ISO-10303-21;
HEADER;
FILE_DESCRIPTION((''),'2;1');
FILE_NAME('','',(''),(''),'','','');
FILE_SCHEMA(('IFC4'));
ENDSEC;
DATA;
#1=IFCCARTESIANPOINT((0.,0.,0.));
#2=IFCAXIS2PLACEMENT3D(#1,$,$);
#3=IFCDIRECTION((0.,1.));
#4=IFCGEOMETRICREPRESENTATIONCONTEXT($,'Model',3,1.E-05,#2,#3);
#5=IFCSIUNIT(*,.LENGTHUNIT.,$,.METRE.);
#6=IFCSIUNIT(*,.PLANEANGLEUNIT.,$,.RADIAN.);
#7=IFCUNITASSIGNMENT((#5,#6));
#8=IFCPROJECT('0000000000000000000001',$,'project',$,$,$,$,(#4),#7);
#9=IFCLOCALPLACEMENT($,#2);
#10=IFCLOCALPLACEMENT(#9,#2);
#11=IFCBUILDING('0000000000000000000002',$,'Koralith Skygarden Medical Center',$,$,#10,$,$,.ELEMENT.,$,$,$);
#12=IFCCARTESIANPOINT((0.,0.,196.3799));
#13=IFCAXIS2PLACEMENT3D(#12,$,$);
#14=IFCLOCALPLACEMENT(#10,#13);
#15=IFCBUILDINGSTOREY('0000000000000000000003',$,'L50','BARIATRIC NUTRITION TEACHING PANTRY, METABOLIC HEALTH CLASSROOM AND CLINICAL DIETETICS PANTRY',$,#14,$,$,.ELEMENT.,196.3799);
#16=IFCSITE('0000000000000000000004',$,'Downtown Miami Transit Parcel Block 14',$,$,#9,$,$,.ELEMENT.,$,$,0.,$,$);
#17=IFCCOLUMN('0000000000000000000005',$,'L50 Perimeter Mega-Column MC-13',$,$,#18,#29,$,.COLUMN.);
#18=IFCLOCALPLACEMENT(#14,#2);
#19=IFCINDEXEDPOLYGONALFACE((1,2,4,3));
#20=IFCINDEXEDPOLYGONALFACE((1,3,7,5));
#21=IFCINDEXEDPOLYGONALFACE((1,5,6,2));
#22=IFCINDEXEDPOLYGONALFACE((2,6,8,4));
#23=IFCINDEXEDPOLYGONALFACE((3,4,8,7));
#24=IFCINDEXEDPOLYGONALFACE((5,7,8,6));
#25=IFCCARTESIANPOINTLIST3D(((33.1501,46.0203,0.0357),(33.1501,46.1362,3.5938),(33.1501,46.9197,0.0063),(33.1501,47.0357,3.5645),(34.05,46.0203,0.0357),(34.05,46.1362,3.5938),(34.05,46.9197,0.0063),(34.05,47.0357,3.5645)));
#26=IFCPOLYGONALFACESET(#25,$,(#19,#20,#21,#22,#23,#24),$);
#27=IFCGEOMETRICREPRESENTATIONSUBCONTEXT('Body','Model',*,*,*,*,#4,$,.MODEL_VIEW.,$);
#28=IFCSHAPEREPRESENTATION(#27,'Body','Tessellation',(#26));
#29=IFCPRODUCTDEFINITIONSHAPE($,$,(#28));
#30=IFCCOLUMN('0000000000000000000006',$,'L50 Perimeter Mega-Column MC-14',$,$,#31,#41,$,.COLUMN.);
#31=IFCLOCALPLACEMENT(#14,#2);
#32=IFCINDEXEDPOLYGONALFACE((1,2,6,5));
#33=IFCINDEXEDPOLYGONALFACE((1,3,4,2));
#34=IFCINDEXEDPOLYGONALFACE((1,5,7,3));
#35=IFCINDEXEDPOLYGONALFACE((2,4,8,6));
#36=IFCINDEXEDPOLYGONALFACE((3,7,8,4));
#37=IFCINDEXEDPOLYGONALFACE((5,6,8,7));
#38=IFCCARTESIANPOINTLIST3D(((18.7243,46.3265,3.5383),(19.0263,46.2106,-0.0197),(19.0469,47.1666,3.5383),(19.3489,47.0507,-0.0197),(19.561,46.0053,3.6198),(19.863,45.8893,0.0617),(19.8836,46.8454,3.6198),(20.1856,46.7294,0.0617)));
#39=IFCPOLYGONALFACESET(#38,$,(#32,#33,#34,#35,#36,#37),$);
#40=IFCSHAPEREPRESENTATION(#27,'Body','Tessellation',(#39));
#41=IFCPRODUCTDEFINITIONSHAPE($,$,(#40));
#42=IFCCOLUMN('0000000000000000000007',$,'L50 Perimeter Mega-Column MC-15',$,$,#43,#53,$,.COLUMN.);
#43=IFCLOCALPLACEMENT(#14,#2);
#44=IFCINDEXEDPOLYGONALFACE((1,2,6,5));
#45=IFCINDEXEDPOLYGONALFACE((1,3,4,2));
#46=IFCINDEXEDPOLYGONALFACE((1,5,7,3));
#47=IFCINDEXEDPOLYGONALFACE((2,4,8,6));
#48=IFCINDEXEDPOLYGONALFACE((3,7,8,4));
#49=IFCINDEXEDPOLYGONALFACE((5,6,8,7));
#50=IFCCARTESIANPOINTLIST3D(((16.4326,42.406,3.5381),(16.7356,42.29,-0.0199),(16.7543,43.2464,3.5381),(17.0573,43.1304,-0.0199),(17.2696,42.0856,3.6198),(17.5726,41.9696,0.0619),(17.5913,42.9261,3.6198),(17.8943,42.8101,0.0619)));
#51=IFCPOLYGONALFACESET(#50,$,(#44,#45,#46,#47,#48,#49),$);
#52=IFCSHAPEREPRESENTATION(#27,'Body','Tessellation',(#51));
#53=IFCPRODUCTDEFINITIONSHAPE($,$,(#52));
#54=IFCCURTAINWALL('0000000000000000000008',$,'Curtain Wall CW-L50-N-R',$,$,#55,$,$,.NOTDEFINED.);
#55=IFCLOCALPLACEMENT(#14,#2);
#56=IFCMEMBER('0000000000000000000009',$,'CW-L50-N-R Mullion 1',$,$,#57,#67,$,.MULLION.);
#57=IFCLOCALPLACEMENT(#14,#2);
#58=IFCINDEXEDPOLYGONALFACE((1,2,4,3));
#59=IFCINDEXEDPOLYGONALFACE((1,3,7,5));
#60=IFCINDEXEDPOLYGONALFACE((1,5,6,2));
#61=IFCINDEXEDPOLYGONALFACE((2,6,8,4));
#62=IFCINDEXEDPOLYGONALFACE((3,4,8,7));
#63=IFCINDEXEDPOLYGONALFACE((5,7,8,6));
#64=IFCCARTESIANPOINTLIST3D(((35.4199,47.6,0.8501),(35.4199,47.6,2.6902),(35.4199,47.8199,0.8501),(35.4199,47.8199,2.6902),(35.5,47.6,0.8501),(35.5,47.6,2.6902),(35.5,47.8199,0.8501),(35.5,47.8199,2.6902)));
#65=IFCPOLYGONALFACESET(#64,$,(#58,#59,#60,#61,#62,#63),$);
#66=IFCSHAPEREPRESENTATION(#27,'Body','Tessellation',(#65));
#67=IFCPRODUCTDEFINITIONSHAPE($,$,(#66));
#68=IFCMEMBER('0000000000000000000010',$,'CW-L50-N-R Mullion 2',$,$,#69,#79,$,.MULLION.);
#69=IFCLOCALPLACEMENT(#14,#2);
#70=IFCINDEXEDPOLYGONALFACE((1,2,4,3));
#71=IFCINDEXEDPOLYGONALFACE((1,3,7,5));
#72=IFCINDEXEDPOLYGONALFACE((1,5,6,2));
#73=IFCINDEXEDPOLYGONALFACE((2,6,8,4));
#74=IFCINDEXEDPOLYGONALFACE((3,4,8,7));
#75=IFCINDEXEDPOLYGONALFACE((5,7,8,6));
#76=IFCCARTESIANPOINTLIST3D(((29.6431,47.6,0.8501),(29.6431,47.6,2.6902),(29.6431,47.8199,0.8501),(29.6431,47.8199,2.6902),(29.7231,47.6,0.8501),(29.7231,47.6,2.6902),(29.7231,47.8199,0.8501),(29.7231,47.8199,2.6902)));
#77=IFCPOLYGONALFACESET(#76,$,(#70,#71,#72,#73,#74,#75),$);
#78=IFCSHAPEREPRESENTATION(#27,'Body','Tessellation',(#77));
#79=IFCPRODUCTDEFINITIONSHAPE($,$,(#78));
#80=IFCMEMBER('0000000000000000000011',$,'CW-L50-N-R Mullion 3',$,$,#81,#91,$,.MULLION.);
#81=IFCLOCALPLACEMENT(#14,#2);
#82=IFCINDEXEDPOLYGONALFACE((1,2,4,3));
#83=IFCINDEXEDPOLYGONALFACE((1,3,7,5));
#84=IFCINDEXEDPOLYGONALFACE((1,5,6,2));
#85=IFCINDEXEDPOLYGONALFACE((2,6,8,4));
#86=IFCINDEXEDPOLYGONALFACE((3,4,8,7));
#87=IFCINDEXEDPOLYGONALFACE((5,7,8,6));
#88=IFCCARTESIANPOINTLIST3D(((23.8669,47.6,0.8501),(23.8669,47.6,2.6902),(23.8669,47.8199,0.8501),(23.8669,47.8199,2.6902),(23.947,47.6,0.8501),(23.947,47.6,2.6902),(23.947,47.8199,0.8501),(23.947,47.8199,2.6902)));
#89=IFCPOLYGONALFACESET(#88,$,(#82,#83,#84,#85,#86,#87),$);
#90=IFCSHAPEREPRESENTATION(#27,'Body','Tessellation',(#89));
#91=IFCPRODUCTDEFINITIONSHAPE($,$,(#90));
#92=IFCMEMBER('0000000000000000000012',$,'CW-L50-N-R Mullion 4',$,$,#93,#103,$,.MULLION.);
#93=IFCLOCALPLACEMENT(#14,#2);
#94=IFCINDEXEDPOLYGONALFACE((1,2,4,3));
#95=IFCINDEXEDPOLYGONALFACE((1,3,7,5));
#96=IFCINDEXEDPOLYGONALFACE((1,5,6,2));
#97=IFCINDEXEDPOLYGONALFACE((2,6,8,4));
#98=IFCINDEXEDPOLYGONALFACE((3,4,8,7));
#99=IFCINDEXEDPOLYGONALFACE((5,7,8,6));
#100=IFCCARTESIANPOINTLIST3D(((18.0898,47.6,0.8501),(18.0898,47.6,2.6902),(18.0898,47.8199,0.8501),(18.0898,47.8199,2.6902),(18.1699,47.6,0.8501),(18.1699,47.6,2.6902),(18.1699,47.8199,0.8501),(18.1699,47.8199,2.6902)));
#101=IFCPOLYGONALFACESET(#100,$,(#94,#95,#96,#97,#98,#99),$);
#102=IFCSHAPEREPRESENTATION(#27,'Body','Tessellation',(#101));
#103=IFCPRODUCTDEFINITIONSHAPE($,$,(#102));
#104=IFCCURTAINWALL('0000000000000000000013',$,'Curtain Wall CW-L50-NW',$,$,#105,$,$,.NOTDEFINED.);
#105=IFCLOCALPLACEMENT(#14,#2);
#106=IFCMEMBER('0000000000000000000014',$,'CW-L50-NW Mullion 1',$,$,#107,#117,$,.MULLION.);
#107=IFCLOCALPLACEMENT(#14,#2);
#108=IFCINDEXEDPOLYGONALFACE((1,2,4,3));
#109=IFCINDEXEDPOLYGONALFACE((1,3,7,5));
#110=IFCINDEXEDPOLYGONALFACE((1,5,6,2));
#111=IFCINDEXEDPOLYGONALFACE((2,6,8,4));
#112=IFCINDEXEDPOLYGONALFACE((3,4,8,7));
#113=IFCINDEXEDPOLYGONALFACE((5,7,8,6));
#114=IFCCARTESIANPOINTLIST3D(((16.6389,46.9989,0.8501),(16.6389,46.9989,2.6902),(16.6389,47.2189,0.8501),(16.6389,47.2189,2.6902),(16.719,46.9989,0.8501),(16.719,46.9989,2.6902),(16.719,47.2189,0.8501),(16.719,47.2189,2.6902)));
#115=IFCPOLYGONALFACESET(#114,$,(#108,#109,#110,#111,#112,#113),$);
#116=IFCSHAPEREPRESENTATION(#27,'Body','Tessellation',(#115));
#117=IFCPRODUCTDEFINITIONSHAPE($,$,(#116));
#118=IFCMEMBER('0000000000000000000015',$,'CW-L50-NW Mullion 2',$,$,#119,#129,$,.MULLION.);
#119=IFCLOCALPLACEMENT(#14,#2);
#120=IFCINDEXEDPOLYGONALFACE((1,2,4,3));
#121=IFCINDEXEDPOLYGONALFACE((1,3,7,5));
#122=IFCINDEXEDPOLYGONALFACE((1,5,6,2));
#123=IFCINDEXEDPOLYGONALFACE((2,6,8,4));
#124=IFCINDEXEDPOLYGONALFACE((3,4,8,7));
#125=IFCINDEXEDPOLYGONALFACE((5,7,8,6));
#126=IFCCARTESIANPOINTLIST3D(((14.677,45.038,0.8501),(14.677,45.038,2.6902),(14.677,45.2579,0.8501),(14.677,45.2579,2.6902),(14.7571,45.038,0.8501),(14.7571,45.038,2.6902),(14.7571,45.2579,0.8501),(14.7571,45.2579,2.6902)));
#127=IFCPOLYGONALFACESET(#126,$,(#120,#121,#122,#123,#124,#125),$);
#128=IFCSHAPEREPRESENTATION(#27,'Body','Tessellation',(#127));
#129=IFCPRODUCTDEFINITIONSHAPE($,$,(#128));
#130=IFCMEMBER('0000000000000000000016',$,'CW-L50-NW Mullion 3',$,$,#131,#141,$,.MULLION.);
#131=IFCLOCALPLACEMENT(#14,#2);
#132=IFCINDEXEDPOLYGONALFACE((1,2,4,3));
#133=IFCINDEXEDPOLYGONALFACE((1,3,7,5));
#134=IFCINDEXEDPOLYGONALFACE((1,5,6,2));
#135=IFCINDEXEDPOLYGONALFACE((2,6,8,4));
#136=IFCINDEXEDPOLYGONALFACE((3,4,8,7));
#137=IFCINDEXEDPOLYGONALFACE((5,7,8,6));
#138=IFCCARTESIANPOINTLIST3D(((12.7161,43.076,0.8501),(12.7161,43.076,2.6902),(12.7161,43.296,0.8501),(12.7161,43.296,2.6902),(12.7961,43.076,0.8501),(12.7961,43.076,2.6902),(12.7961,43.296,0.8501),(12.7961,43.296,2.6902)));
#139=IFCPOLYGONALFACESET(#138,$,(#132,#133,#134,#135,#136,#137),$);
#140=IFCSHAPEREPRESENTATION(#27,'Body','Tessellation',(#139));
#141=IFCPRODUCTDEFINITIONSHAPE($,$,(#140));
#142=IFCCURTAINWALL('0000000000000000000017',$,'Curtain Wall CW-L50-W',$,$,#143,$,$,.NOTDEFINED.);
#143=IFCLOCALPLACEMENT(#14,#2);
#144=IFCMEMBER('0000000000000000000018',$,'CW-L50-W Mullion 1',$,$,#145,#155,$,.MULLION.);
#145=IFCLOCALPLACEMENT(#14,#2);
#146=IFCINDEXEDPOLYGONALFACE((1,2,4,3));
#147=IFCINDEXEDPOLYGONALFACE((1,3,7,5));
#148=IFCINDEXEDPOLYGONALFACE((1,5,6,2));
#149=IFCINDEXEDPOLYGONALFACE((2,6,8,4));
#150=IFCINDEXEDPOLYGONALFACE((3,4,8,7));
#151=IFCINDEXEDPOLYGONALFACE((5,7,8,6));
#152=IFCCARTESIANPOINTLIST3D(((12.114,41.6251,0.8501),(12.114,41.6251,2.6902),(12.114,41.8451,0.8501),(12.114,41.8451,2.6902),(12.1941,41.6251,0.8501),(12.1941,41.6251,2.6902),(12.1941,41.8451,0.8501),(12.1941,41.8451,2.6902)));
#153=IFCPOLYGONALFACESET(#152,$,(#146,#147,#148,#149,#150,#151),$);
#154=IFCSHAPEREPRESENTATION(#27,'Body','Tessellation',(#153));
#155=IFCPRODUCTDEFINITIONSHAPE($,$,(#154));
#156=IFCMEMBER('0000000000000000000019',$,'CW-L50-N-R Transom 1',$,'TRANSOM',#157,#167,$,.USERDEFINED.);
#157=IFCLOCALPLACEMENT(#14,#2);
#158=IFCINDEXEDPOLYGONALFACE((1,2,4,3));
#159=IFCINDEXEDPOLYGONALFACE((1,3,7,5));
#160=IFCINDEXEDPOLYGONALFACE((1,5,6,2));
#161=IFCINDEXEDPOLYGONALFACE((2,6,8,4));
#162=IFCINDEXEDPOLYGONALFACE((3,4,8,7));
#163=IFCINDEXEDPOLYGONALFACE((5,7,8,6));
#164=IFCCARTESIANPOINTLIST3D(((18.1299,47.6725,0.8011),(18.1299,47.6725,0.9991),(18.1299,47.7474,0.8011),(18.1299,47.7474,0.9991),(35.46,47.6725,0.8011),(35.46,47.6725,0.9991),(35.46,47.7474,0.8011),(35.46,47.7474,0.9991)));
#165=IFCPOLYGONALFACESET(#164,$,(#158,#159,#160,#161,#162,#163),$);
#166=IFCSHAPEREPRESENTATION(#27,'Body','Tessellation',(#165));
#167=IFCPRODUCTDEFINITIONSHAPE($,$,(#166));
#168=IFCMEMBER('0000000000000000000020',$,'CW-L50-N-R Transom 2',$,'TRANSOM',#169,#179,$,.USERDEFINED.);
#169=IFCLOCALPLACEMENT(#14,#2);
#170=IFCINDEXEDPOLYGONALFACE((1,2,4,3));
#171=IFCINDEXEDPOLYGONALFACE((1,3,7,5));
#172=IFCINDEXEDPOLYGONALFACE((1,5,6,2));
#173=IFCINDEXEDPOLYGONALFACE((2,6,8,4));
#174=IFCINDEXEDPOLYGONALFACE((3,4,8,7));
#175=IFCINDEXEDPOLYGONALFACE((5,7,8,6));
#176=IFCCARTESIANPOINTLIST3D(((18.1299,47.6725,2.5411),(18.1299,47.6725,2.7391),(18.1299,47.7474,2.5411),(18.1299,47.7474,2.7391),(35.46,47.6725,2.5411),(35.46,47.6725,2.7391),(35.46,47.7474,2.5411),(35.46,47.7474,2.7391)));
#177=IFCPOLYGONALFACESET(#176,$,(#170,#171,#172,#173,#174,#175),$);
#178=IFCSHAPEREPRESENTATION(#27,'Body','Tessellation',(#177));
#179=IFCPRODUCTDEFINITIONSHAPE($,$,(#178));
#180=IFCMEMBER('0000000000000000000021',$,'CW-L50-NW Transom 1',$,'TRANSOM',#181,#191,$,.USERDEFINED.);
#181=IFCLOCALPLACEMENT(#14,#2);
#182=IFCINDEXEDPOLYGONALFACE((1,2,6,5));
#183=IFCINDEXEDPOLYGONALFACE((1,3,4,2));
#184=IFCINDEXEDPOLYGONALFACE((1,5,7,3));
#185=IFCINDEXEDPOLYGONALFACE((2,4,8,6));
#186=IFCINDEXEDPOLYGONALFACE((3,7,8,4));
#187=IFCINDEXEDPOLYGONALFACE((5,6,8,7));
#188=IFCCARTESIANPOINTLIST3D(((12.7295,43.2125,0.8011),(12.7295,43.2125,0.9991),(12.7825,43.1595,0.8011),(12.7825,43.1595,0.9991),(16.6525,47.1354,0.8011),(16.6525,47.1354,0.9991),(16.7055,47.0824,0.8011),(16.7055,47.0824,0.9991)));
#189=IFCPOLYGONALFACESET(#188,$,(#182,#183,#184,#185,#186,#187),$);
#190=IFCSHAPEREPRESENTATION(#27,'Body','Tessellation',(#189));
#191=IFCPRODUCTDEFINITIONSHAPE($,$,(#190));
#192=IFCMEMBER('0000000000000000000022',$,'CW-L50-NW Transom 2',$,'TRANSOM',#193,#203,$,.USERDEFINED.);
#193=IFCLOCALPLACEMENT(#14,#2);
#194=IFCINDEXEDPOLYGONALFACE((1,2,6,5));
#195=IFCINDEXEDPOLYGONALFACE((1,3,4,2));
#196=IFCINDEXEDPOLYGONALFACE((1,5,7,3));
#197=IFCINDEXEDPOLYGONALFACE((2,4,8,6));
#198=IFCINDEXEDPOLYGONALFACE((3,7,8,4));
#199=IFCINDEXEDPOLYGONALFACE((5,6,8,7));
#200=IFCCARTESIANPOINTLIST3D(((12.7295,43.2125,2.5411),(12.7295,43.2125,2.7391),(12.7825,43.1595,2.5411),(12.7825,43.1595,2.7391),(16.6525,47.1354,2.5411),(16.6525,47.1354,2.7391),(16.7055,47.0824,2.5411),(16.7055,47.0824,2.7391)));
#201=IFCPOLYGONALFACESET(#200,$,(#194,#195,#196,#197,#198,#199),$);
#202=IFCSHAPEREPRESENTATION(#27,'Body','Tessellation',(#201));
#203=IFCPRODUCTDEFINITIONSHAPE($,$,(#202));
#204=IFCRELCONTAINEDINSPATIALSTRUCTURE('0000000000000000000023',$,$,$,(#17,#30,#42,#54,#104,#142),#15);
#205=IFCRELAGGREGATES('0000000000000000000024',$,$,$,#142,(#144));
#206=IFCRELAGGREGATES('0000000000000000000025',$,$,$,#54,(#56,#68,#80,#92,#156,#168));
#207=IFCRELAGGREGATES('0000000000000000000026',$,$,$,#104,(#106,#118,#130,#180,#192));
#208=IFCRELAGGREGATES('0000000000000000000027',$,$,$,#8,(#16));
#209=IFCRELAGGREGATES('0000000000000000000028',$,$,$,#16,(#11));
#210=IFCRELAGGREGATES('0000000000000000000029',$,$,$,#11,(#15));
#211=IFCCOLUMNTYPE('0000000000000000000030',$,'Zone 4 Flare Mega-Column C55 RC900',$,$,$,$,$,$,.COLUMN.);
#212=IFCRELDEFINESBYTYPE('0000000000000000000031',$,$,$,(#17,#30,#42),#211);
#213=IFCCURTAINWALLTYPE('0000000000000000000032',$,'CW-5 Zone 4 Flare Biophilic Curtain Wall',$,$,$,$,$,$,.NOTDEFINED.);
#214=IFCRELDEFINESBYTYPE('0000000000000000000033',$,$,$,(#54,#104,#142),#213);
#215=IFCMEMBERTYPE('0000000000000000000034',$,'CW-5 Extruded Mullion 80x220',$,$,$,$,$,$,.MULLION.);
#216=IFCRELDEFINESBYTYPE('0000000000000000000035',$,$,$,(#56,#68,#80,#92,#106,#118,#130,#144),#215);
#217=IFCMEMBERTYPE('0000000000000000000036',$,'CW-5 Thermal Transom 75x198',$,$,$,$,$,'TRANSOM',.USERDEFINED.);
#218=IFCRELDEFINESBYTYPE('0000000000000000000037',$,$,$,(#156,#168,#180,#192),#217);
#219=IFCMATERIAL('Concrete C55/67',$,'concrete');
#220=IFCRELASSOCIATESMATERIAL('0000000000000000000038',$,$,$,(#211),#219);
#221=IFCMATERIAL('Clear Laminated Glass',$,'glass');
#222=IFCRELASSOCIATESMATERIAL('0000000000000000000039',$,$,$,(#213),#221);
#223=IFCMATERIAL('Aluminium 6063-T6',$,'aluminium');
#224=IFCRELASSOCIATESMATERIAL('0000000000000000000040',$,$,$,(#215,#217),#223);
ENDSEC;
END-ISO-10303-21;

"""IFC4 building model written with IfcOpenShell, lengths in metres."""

from ifc_helpers import new_model, si_unit, direction, frame, origin, origin_2d, place, context, subcontext, project, spatial, rectangle, extrude, material, material_profile, profile_set, type_object, element, aggregate, save


model = new_model("IFC4")

# Units and contexts
model_context = context("Model", 3, precision=1e-05, world=origin(), true_north=direction((0.0, 1.0)))
body_context = subcontext(model_context, "Body", "Model", "MODEL_VIEW")
ifc_project = project(units=[si_unit("LENGTHUNIT", "METRE"), si_unit("PLANEANGLEUNIT", "RADIAN")], contexts=[model_context])

# Site, building, storey
site_placement = place(None, origin())
site = spatial("IfcSite", under=ifc_project, at=site_placement, Name="Downtown Miami Transit Parcel Block 14", CompositionType="ELEMENT", RefElevation=0.0)
building_placement = place(site_placement, origin())
building = spatial("IfcBuilding", under=site, at=building_placement, Name="Koralith Skygarden Medical Center", CompositionType="ELEMENT")
storey_placement = place(building_placement, frame((0.0, 0.0, 196.3799)))
storey = spatial("IfcBuildingStorey", under=building, at=storey_placement, Name="L50", Description="BARIATRIC NUTRITION TEACHING PANTRY, METABOLIC HEALTH CLASSROOM AND CLINICAL DIETETICS PANTRY", CompositionType="ELEMENT", Elevation=196.3799)

# Columns
ifc_material_1 = material(Name="Concrete C55/67", Category="concrete")
ifc_material_profile_1 = material_profile(ifc_material_1, rectangle(XDim=0.8999, YDim=0.8999, at=origin_2d()), Name="RC900X900")
ifc_profile_set_1 = profile_set([ifc_material_profile_1], Name="Concrete C55/67")
column_type = type_object("IfcColumnType", Name="Zone 4 Flare Mega-Column C55 RC900", PredefinedType="COLUMN", material=ifc_profile_set_1)
column_placement = place(storey_placement, frame((33.6001, 46.47, 0.021), z_axis=(0.0, 0.032575, 0.999469), x_axis=(-1.0, 0.0, 0.0)))
element("IfcColumn", 1, at=column_placement, inside=storey, type_object=column_type, Name="L50 Perimeter Mega-Column MC-13", PredefinedType="COLUMN", context=body_context, shape_type="SweptSolid", body=[
    extrude(rectangle(XDim=0.8999, YDim=0.8999, at=origin_2d()), origin(), (0.0, 0.0, 1.0), 3.5601),
])
for number, where, z_axis, x_axis, name in (
    (2, (19.606, 46.47, 0.021), (-0.084529, 0.032458, 0.995892), (-0.358473, -0.93354, 0.0), "L50 Perimeter Mega-Column MC-14"),
    (3, (17.3149, 42.55, 0.021), (-0.0848, 0.032458, 0.995869), (-0.357466, -0.933926, 0.0), "L50 Perimeter Mega-Column MC-15"),
):
    element("IfcColumn", number, at=place(storey_placement, frame(where, z_axis=z_axis, x_axis=x_axis)), inside=storey, type_object=column_type, Name=name, PredefinedType="COLUMN", context=body_context, shape_type="SweptSolid", body=[
        extrude(rectangle(XDim=0.8999, YDim=0.8999, at=origin_2d()), origin(), (0.0, 0.0, 1.0), 3.5728),
    ])

# Curtain walls, members
ifc_material_2 = material(Name="Clear Laminated Glass", Category="glass")
curtain_wall_type = type_object("IfcCurtainWallType", Name="CW-5 Zone 4 Flare Biophilic Curtain Wall", PredefinedType="NOTDEFINED", material=ifc_material_2)
curtain_wall_1_placement = place(storey_placement, origin())
curtain_wall_1 = element("IfcCurtainWall", 4, at=curtain_wall_1_placement, inside=storey, type_object=curtain_wall_type, Name="Curtain Wall CW-L50-N-R", PredefinedType="NOTDEFINED")
ifc_material_3 = material(Name="Aluminium 6063-T6", Category="aluminium")
ifc_material_profile_2 = material_profile(ifc_material_3, rectangle(XDim=0.0801, YDim=0.22, at=origin_2d()), Name="MUL80X220")
ifc_profile_set_2 = profile_set([ifc_material_profile_2], Name="Aluminium 6063-T6")
member_type_1 = type_object("IfcMemberType", Name="CW-5 Extruded Mullion 80x220", PredefinedType="MULLION", material=ifc_profile_set_2)
member_1_placement = place(storey_placement, frame((35.46, 47.71, 0.8501), z_axis=(0.0, 0.0, 1.0), x_axis=(1.0, 0.0, 0.0)))
member_1 = element("IfcMember", 5, at=member_1_placement, type_object=member_type_1, Name="CW-L50-N-R Mullion 1", PredefinedType="MULLION", context=body_context, shape_type="SweptSolid", body=[
    extrude(rectangle(XDim=0.0801, YDim=0.22, at=origin_2d()), origin(), (0.0, 0.0, 1.0), 1.8401),
])
member_2_placement = place(storey_placement, frame((29.6831, 47.71, 0.8501), z_axis=(0.0, 0.0, 1.0), x_axis=(1.0, 0.0, 0.0)))
member_2 = element("IfcMember", 6, at=member_2_placement, type_object=member_type_1, Name="CW-L50-N-R Mullion 2", PredefinedType="MULLION", context=body_context, shape_type="SweptSolid", body=[
    extrude(rectangle(XDim=0.0801, YDim=0.22, at=origin_2d()), origin(), (0.0, 0.0, 1.0), 1.8401),
])
member_3_placement = place(storey_placement, frame((23.907, 47.71, 0.8501), z_axis=(0.0, 0.0, 1.0), x_axis=(1.0, 0.0, 0.0)))
member_3 = element("IfcMember", 7, at=member_3_placement, type_object=member_type_1, Name="CW-L50-N-R Mullion 3", PredefinedType="MULLION", context=body_context, shape_type="SweptSolid", body=[
    extrude(rectangle(XDim=0.0801, YDim=0.22, at=origin_2d()), origin(), (0.0, 0.0, 1.0), 1.8401),
])
member_4_placement = place(storey_placement, frame((18.1299, 47.71, 0.8501), z_axis=(0.0, 0.0, 1.0), x_axis=(1.0, 0.0, 0.0)))
member_4 = element("IfcMember", 8, at=member_4_placement, type_object=member_type_1, Name="CW-L50-N-R Mullion 4", PredefinedType="MULLION", context=body_context, shape_type="SweptSolid", body=[
    extrude(rectangle(XDim=0.0801, YDim=0.22, at=origin_2d()), origin(), (0.0, 0.0, 1.0), 1.8401),
])
curtain_wall_2_placement = place(storey_placement, origin())
curtain_wall_2 = element("IfcCurtainWall", 9, at=curtain_wall_2_placement, inside=storey, type_object=curtain_wall_type, Name="Curtain Wall CW-L50-NW", PredefinedType="NOTDEFINED")
member_5_placement = place(storey_placement, frame((16.679, 47.1089, 0.8501), z_axis=(0.0, 0.0, 1.0), x_axis=(1.0, 0.0, 0.0)))
member_5 = element("IfcMember", 10, at=member_5_placement, type_object=member_type_1, Name="CW-L50-NW Mullion 1", PredefinedType="MULLION", context=body_context, shape_type="SweptSolid", body=[
    extrude(rectangle(XDim=0.0801, YDim=0.22, at=origin_2d()), origin(), (0.0, 0.0, 1.0), 1.8401),
])
member_6_placement = place(storey_placement, frame((14.717, 45.1479, 0.8501), z_axis=(0.0, 0.0, 1.0), x_axis=(1.0, 0.0, 0.0)))
member_6 = element("IfcMember", 11, at=member_6_placement, type_object=member_type_1, Name="CW-L50-NW Mullion 2", PredefinedType="MULLION", context=body_context, shape_type="SweptSolid", body=[
    extrude(rectangle(XDim=0.0801, YDim=0.22, at=origin_2d()), origin(), (0.0, 0.0, 1.0), 1.8401),
])
member_7_placement = place(storey_placement, frame((12.7561, 43.186, 0.8501), z_axis=(0.0, 0.0, 1.0), x_axis=(1.0, 0.0, 0.0)))
member_7 = element("IfcMember", 12, at=member_7_placement, type_object=member_type_1, Name="CW-L50-NW Mullion 3", PredefinedType="MULLION", context=body_context, shape_type="SweptSolid", body=[
    extrude(rectangle(XDim=0.0801, YDim=0.22, at=origin_2d()), origin(), (0.0, 0.0, 1.0), 1.8401),
])

# Curtain wall, member
curtain_wall_3_placement = place(storey_placement, origin())
curtain_wall_3 = element("IfcCurtainWall", 13, at=curtain_wall_3_placement, inside=storey, type_object=curtain_wall_type, Name="Curtain Wall CW-L50-W", PredefinedType="NOTDEFINED")
member_8_placement = place(storey_placement, frame((12.1541, 41.7351, 0.8501), z_axis=(0.0, 0.0, 1.0), x_axis=(1.0, 0.0, 0.0)))
member_8 = element("IfcMember", 14, at=member_8_placement, type_object=member_type_1, Name="CW-L50-W Mullion 1", PredefinedType="MULLION", context=body_context, shape_type="SweptSolid", body=[
    extrude(rectangle(XDim=0.0801, YDim=0.22, at=origin_2d()), origin(), (0.0, 0.0, 1.0), 1.8401),
])

# Members
ifc_material_profile_3 = material_profile(ifc_material_3, rectangle(XDim=0.075, YDim=0.198, at=origin_2d()), Name="TRN75X198")
ifc_profile_set_3 = profile_set([ifc_material_profile_3], Name="Aluminium 6063-T6")
member_type_2 = type_object("IfcMemberType", Name="CW-5 Thermal Transom 75x198", ElementType="TRANSOM", PredefinedType="USERDEFINED", material=ifc_profile_set_3)
member_9_placement = place(storey_placement, frame((35.46, 47.71, 0.9001), z_axis=(-1.0, 0.0, 0.0), x_axis=(0.0, -1.0, 0.0)))
member_9 = element("IfcMember", 15, at=member_9_placement, type_object=member_type_2, Name="CW-L50-N-R Transom 1", ObjectType="TRANSOM", PredefinedType="USERDEFINED", context=body_context, shape_type="SweptSolid", body=[
    extrude(rectangle(XDim=0.075, YDim=0.198, at=origin_2d()), origin(), (0.0, 0.0, 1.0), 17.3301),
])
member_10_placement = place(storey_placement, frame((35.46, 47.71, 2.6401), z_axis=(-1.0, 0.0, 0.0), x_axis=(0.0, -1.0, 0.0)))
member_10 = element("IfcMember", 16, at=member_10_placement, type_object=member_type_2, Name="CW-L50-N-R Transom 2", ObjectType="TRANSOM", PredefinedType="USERDEFINED", context=body_context, shape_type="SweptSolid", body=[
    extrude(rectangle(XDim=0.075, YDim=0.198, at=origin_2d()), origin(), (0.0, 0.0, 1.0), 17.3301),
])
member_11_placement = place(storey_placement, frame((16.679, 47.1089, 0.9001), z_axis=(-0.707107, -0.707107, 0.0), x_axis=(0.707107, -0.707107, 0.0)))
member_11 = element("IfcMember", 17, at=member_11_placement, type_object=member_type_2, Name="CW-L50-NW Transom 1", ObjectType="TRANSOM", PredefinedType="USERDEFINED", context=body_context, shape_type="SweptSolid", body=[
    extrude(rectangle(XDim=0.075, YDim=0.198, at=origin_2d()), origin(), (0.0, 0.0, 1.0), 5.5479),
])
member_12_placement = place(storey_placement, frame((16.679, 47.1089, 2.6401), z_axis=(-0.707107, -0.707107, 0.0), x_axis=(0.707107, -0.707107, 0.0)))
member_12 = element("IfcMember", 18, at=member_12_placement, type_object=member_type_2, Name="CW-L50-NW Transom 2", ObjectType="TRANSOM", PredefinedType="USERDEFINED", context=body_context, shape_type="SweptSolid", body=[
    extrude(rectangle(XDim=0.075, YDim=0.198, at=origin_2d()), origin(), (0.0, 0.0, 1.0), 5.5479),
])
aggregate(curtain_wall_3, [member_8])

aggregate(curtain_wall_1, [member_1, member_2, member_3, member_4, member_9, member_10])
aggregate(curtain_wall_2, [member_5, member_6, member_7, member_11, member_12])

save(model, "model.ifc")
